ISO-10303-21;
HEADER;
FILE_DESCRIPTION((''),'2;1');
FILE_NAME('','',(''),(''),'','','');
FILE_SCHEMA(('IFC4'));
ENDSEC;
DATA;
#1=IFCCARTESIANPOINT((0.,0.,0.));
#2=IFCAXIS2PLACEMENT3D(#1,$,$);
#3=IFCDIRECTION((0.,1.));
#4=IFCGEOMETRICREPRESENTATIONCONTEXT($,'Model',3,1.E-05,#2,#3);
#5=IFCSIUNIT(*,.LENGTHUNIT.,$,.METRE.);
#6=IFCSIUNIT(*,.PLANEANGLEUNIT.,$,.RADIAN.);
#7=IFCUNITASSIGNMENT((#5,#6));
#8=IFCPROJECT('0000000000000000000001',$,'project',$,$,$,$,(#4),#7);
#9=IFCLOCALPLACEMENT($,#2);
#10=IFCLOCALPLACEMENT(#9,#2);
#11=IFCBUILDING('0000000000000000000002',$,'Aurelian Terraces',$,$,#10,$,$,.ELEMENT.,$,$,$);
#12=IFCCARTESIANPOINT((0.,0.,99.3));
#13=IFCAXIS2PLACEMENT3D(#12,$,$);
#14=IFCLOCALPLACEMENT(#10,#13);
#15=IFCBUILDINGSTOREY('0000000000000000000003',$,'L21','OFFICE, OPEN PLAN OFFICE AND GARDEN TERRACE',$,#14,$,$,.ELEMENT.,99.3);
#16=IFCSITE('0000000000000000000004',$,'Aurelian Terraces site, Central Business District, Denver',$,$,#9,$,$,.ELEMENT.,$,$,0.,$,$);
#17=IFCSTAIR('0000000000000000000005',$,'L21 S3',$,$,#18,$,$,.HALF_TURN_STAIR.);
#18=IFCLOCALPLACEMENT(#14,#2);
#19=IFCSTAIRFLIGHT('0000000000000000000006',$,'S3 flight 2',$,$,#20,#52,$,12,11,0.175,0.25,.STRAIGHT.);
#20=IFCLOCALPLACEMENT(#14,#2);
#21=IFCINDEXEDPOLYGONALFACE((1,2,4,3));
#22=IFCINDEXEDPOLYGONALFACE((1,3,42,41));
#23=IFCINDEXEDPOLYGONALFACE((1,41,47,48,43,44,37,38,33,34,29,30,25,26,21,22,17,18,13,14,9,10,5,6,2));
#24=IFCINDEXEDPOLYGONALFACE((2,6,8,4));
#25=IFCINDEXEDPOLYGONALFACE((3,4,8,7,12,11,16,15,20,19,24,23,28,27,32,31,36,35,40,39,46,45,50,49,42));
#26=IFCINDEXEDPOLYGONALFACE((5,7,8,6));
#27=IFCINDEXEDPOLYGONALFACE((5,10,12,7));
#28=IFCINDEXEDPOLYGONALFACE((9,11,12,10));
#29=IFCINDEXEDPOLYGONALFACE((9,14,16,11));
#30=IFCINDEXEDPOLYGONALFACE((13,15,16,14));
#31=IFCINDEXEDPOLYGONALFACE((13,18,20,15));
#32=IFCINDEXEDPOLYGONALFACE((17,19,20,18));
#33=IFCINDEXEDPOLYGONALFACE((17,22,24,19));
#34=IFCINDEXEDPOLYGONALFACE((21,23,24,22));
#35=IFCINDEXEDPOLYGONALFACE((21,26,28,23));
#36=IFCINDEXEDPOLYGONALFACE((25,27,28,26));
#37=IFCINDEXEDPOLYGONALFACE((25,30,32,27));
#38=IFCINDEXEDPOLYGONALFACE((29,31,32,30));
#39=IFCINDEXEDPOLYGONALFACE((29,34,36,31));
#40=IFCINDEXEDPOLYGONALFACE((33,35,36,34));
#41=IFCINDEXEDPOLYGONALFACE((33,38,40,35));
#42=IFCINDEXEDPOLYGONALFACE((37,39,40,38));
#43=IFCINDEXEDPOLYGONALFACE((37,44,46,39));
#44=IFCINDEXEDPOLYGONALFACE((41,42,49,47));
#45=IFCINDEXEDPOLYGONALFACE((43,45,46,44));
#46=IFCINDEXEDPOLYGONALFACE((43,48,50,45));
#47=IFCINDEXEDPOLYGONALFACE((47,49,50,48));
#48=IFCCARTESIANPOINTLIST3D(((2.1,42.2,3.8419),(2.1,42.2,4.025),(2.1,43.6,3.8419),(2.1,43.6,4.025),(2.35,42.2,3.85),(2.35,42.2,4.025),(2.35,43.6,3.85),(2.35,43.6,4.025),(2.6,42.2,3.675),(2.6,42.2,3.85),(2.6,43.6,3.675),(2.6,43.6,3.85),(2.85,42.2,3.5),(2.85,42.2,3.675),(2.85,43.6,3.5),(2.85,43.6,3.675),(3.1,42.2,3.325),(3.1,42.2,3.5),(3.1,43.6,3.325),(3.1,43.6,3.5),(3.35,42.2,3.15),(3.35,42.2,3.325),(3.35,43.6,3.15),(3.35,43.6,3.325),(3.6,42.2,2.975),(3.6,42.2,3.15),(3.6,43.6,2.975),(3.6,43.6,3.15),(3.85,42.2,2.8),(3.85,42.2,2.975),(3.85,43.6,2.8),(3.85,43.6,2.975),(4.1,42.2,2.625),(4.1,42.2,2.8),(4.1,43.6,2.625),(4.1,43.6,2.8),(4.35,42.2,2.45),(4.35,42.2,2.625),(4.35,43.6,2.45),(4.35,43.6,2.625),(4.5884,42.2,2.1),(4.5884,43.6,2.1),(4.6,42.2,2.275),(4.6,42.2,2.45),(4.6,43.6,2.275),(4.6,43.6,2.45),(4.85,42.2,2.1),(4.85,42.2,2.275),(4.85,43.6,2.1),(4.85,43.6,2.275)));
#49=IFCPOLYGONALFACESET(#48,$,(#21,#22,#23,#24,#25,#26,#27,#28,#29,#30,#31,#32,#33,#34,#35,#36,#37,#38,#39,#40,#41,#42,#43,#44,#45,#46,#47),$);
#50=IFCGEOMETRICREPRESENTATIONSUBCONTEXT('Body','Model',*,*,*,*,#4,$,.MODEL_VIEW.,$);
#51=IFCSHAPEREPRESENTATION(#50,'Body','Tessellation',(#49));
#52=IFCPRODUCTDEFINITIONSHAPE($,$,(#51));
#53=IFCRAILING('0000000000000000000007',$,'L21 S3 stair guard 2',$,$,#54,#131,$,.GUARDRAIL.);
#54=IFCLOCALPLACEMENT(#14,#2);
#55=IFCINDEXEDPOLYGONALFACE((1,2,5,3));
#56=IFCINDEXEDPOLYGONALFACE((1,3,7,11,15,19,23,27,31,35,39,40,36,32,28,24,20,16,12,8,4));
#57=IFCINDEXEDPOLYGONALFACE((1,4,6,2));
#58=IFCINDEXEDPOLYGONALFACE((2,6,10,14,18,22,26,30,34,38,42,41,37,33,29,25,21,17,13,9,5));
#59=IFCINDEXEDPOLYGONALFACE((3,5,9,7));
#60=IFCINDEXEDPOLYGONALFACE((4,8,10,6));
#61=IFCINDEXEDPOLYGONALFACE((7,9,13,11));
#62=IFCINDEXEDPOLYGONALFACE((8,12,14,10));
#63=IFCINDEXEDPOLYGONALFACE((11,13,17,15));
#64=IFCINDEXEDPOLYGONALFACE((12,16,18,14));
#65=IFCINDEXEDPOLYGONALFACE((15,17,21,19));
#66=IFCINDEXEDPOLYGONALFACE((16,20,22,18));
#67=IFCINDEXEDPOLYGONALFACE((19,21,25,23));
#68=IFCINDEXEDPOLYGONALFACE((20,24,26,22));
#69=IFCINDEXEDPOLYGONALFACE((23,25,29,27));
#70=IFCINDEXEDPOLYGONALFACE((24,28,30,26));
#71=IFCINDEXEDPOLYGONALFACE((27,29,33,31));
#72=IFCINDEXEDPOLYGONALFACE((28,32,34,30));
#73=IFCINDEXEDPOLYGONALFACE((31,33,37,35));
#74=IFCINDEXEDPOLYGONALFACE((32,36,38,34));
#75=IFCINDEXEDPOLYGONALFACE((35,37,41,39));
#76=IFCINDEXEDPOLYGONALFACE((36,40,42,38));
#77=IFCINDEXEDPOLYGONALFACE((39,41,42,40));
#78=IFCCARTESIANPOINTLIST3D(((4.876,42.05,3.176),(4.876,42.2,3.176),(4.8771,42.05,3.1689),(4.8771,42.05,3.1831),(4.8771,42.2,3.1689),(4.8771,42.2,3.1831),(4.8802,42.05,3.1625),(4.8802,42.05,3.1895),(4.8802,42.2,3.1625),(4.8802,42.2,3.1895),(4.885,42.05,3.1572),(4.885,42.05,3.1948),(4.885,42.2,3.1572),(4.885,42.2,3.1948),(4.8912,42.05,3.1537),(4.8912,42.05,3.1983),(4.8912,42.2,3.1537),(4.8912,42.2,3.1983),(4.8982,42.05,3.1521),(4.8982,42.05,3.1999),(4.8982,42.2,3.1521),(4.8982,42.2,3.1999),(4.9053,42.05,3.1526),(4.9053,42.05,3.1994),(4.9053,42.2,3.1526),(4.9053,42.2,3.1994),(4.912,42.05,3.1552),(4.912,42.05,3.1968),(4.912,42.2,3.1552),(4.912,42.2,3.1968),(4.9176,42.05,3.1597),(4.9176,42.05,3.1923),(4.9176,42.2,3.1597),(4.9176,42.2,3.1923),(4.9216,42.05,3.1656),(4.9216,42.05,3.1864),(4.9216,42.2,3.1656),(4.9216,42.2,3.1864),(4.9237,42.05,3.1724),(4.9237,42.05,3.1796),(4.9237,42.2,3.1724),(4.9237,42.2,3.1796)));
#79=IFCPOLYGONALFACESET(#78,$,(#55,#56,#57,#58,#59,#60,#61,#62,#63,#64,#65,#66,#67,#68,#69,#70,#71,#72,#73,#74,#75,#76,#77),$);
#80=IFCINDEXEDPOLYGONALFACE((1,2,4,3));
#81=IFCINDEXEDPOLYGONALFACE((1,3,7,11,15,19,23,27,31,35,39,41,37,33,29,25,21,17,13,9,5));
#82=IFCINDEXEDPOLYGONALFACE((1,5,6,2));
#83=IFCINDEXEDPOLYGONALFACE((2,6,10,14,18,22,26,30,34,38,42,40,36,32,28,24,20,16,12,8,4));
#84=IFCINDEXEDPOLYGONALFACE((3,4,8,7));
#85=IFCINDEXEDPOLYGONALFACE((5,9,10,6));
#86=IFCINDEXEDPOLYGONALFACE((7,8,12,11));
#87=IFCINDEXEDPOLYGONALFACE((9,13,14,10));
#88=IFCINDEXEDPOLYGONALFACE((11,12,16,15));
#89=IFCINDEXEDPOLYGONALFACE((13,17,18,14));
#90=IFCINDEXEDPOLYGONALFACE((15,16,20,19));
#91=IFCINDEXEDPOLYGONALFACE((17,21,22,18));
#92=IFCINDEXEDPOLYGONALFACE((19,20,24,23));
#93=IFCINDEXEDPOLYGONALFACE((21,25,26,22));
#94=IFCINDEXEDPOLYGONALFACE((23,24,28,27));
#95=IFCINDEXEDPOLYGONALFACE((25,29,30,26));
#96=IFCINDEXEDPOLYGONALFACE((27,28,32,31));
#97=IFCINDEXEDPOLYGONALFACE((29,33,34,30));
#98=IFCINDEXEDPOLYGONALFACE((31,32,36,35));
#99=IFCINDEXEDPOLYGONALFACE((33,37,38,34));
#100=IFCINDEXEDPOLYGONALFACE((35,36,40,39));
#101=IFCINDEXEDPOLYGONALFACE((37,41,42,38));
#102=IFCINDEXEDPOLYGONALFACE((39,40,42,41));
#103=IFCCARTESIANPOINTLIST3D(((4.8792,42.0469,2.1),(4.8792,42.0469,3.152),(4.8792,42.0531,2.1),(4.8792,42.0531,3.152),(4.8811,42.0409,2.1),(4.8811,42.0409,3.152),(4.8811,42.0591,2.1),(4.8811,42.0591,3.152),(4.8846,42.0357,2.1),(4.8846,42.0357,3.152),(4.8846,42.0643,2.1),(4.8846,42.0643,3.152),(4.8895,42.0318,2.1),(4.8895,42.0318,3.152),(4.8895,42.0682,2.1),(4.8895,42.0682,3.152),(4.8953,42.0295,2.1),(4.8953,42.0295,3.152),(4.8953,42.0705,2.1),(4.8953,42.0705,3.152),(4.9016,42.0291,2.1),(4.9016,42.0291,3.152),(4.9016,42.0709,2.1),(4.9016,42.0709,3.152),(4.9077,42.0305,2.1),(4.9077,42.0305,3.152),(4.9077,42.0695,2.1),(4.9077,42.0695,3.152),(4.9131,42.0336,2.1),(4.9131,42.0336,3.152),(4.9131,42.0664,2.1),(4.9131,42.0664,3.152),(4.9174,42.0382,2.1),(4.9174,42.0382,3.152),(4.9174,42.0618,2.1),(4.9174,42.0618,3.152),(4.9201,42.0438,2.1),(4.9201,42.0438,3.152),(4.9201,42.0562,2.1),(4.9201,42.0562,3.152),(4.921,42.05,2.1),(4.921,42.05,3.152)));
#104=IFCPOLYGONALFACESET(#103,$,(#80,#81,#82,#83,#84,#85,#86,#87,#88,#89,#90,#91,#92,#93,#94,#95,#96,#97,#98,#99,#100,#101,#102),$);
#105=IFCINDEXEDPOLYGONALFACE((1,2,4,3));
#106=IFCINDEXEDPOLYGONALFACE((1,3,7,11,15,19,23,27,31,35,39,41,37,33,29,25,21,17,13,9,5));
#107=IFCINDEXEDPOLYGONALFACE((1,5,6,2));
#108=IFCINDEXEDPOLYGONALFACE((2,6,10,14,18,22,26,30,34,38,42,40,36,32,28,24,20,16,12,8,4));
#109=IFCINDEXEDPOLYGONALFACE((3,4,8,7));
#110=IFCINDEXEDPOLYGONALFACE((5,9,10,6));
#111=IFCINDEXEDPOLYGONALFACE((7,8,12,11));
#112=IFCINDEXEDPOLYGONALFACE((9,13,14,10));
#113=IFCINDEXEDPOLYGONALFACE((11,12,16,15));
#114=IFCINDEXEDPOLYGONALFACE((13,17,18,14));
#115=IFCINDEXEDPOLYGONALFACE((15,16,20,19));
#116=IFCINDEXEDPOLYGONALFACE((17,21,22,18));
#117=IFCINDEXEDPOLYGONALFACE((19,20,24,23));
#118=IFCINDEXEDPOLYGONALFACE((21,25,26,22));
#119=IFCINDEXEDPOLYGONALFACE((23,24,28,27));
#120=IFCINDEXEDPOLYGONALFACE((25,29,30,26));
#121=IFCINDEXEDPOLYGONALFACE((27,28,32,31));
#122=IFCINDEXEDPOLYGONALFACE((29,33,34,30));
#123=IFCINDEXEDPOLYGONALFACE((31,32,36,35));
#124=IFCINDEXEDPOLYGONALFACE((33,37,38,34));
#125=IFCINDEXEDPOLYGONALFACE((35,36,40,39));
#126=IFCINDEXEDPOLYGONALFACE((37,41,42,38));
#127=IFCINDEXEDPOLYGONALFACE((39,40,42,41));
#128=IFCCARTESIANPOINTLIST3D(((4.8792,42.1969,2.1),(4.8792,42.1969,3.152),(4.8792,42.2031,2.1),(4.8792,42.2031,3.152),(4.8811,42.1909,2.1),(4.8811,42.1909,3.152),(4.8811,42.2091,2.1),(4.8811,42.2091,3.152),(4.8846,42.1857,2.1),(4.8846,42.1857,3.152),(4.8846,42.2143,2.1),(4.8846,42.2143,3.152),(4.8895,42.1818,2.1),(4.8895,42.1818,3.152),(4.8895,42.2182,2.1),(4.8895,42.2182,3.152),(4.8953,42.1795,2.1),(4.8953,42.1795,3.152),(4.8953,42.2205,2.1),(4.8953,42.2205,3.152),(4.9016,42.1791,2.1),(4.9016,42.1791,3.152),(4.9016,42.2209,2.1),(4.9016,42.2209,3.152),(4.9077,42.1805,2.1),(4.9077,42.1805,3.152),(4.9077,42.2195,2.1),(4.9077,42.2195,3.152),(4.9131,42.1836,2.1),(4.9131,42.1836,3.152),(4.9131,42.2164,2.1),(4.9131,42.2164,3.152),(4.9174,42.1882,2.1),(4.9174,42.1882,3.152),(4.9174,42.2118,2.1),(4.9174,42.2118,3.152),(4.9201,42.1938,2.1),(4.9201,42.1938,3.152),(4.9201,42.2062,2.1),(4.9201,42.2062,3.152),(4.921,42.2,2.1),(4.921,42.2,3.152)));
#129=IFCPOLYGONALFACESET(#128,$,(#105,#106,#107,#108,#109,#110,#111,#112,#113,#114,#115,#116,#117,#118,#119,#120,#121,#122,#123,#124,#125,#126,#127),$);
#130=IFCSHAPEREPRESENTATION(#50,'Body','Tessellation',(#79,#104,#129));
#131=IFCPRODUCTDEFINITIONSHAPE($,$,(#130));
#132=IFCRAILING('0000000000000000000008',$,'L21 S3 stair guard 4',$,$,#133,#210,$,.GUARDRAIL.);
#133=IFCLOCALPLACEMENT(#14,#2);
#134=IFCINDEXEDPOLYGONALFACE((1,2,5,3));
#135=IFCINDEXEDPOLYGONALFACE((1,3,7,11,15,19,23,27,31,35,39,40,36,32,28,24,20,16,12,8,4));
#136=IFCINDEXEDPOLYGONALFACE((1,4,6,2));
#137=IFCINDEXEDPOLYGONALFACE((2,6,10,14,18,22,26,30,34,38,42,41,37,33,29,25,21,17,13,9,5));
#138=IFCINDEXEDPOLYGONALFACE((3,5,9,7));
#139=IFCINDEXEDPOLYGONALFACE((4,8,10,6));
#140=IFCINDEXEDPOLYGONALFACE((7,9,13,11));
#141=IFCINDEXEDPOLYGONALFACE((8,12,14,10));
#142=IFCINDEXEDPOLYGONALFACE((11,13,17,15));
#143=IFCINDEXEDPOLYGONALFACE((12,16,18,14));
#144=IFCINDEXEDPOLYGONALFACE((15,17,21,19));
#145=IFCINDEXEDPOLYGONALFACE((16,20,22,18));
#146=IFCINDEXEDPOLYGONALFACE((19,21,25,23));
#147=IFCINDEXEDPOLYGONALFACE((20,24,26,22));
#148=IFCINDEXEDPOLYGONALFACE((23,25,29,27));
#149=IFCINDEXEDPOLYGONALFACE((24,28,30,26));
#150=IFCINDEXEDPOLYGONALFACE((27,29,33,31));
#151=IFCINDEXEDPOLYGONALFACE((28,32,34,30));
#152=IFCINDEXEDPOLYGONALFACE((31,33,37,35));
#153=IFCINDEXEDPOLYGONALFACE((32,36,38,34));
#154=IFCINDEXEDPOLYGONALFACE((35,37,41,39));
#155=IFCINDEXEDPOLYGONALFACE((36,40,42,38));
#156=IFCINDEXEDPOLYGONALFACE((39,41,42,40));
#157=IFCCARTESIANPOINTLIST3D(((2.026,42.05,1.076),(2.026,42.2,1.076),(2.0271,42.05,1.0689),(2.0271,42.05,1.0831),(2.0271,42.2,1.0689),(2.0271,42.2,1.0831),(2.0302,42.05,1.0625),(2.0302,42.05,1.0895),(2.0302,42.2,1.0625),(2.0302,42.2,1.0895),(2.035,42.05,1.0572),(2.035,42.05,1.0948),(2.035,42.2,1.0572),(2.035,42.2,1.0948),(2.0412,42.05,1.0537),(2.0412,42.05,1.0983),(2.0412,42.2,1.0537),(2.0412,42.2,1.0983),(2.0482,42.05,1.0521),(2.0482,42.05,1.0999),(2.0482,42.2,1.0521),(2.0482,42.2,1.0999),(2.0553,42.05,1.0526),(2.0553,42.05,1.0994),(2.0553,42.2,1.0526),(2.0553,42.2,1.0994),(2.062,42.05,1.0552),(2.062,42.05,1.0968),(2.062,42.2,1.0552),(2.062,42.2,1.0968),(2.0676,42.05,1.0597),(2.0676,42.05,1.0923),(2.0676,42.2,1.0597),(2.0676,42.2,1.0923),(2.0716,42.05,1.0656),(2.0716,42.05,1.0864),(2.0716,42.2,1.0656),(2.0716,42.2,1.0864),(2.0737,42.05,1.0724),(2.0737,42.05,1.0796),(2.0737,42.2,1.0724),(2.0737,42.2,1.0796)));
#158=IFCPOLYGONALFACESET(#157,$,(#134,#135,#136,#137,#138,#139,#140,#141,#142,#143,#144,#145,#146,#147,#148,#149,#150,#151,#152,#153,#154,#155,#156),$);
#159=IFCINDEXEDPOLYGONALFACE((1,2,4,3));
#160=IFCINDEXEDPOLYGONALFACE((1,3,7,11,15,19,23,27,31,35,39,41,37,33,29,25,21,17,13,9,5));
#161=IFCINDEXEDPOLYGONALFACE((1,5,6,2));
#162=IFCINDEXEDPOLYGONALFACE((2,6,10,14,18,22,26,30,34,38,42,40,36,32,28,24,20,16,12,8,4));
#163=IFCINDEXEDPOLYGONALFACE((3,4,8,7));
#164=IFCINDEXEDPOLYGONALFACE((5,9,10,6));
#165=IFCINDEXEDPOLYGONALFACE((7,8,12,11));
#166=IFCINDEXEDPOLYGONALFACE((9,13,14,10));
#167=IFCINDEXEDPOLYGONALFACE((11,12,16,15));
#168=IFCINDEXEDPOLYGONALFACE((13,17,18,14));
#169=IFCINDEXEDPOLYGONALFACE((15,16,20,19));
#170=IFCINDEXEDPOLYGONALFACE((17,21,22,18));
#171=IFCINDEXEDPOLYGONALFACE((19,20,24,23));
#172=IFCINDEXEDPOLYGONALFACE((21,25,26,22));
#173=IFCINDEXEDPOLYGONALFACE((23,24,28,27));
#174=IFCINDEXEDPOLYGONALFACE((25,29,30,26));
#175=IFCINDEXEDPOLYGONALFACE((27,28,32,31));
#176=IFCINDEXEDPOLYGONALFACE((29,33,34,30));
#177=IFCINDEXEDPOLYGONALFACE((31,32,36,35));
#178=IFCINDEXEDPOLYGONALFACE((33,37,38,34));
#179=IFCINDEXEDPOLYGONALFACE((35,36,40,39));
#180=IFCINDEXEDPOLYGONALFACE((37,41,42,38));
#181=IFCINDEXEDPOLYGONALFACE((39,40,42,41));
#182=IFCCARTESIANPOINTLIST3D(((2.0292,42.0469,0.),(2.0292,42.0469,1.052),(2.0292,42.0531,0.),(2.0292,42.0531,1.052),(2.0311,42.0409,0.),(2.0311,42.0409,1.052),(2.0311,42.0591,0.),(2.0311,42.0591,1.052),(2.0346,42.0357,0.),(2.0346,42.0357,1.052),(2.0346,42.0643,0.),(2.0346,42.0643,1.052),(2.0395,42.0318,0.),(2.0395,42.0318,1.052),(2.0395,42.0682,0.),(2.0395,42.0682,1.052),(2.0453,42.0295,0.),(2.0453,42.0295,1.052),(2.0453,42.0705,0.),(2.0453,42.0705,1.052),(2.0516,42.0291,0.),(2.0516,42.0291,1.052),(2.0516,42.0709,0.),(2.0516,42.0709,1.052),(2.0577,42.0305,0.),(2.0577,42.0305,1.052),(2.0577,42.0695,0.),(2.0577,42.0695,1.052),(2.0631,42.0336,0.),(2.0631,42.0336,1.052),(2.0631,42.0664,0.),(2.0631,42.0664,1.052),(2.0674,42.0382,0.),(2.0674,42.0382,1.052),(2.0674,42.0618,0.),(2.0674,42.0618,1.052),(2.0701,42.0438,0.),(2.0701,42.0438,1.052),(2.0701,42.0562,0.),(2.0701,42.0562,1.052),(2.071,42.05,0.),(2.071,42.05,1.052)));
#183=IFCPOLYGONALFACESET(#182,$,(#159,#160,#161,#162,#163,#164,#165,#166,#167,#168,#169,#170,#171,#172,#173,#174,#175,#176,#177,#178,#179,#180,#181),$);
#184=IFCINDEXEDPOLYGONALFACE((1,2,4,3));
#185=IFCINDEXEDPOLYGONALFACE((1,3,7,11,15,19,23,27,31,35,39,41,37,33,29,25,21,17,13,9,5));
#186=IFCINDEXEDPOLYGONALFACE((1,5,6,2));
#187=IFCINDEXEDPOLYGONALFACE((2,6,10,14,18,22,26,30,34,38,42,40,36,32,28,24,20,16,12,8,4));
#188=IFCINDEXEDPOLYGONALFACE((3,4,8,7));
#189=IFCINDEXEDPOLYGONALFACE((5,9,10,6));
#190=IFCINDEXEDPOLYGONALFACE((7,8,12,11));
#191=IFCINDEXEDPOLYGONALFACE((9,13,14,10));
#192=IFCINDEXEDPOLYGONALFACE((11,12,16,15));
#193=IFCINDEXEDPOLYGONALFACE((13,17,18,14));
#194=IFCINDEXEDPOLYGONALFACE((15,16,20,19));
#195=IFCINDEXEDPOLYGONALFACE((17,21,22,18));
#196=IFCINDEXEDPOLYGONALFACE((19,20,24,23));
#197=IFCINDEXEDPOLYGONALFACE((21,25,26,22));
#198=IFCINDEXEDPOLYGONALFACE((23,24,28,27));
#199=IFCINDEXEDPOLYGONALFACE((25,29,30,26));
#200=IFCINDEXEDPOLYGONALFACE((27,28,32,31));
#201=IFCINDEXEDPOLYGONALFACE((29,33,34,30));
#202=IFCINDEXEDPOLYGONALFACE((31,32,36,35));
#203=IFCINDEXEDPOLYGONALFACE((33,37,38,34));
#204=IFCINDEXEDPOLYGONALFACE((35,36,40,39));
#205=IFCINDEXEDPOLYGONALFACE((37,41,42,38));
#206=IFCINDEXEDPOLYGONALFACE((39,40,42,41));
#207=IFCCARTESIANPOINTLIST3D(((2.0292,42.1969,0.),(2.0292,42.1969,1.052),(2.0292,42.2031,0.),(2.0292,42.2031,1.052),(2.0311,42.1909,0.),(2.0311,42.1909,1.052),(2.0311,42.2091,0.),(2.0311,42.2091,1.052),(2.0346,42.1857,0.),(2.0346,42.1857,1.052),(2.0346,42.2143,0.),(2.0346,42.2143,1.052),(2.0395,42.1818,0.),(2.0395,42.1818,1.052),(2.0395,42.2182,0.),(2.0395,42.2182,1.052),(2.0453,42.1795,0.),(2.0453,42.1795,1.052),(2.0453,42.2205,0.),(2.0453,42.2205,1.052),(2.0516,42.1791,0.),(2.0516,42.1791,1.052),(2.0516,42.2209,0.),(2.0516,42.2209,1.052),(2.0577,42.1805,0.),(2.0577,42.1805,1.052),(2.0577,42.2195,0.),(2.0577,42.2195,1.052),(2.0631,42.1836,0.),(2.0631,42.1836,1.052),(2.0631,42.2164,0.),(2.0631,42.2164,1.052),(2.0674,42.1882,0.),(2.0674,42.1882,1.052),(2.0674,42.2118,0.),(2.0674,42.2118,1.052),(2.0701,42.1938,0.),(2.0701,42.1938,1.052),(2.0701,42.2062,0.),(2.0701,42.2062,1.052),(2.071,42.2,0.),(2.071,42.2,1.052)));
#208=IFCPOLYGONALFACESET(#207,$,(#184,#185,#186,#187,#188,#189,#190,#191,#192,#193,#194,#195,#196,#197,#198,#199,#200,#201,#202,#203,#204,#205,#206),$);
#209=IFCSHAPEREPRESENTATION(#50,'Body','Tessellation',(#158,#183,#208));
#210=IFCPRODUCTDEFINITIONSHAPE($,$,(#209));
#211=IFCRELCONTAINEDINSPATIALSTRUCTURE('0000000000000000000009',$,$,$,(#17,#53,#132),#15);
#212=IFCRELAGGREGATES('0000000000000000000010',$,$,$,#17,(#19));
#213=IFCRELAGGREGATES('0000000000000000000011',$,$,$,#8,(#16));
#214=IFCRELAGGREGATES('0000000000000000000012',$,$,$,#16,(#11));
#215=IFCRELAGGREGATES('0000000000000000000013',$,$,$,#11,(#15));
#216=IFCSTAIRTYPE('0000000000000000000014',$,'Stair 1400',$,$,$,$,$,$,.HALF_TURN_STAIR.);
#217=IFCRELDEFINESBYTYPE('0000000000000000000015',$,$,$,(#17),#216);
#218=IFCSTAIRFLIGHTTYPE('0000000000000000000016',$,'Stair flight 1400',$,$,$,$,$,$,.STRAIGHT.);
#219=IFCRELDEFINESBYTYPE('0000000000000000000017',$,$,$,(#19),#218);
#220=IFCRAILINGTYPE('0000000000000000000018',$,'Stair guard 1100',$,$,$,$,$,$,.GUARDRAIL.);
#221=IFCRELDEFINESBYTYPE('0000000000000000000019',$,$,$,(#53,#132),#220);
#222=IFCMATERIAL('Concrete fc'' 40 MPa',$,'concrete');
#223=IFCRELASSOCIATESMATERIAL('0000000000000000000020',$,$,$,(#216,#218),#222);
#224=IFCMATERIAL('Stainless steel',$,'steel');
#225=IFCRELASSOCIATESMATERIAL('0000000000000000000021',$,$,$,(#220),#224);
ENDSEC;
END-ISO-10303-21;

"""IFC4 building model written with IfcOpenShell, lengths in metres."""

from ifc_helpers import new_model, si_unit, direction, frame, origin, origin_2d, place, context, subcontext, project, spatial, polyline, circle, outline, extrude, source, transform, mapped, material, type_object, element, aggregate, save


model = new_model("IFC4")

# Units and contexts
model_context = context("Model", 3, precision=1e-05, world=origin(), true_north=direction((0.0, 1.0)))
body_context = subcontext(model_context, "Body", "Model", "MODEL_VIEW")
ifc_project = project(units=[si_unit("LENGTHUNIT", "METRE"), si_unit("PLANEANGLEUNIT", "RADIAN")], contexts=[model_context])

# Site, building, storey
site_placement = place(None, origin())
site = spatial("IfcSite", under=ifc_project, at=site_placement, Name="Aurelian Terraces site, Central Business District, Denver", CompositionType="ELEMENT", RefElevation=0.0)
building_placement = place(site_placement, origin())
building = spatial("IfcBuilding", under=site, at=building_placement, Name="Aurelian Terraces", CompositionType="ELEMENT")
storey_placement = place(building_placement, frame((0.0, 0.0, 99.3)))
storey = spatial("IfcBuildingStorey", under=building, at=storey_placement, Name="L21", Description="OFFICE, OPEN PLAN OFFICE AND GARDEN TERRACE", CompositionType="ELEMENT", Elevation=99.3)

# Shared definitions
ifc_material_1 = material(Name="Concrete fc' 40 MPa", Category="concrete")

# Stair, stair flight
stair_type = type_object("IfcStairType", Name="Stair 1400", PredefinedType="HALF_TURN_STAIR", material=ifc_material_1)
stair_placement = place(storey_placement, origin())
stair = element("IfcStair", 1, at=stair_placement, inside=storey, type_object=stair_type, Name="L21 S3", PredefinedType="HALF_TURN_STAIR")
stair_flight_type = type_object("IfcStairFlightType", Name="Stair flight 1400", PredefinedType="STRAIGHT", material=ifc_material_1)
shared_shape_1 = source(origin(), body_context, "Body", "SweptSolid", [
    extrude(outline(polyline([(0.0, 0.0), (0.0, 0.175), (0.25, 0.175), (0.25, 0.35), (0.5, 0.35), (0.5, 0.525), (0.75, 0.525), (0.75, 0.7), (1.0, 0.7), (1.0, 0.875), (1.25, 0.875), (1.25, 1.05), (1.5, 1.05), (1.5, 1.225), (1.75, 1.225), (1.75, 1.4), (2.0, 1.4), (2.0, 1.575), (2.25, 1.575), (2.25, 1.75), (2.5, 1.75), (2.5, 1.925), (2.75, 1.925), (2.75, 2.1), (2.75, 1.7419), (0.2616, 0.0), (0.0, 0.0)])), frame((0.0, 0.7, 0.0), z_axis=(0.0, -1.0, 0.0), x_axis=(1.0, 0.0, 0.0)), (0.0, 0.0, 1.0), 1.4),
])
stair_flight_1_placement = place(storey_placement, frame((4.85, 42.9, 2.1), z_axis=(0.0, 0.0, 1.0), x_axis=(-1.0, 0.0, 0.0)))
stair_flight_1 = element("IfcStairFlight", 2, at=stair_flight_1_placement, type_object=stair_flight_type, Name="S3 flight 2", NumberOfRisers=12, NumberOfTreads=11, PredefinedType="STRAIGHT", RiserHeight=0.175, TreadLength=0.25, context=body_context, shape_type="MappedRepresentation", body=[
    mapped(shared_shape_1, transform((0.0, 0.0, 0.0), scale=1.0)),
])
aggregate(stair, [stair_flight_1])

# Railings
ifc_material_2 = material(Name="Stainless steel", Category="steel")
railing_type_1 = type_object("IfcRailingType", Name="Stair guard 1100", PredefinedType="GUARDRAIL", material=ifc_material_2)
shared_shape_2 = source(origin(), body_context, "Body", "SweptSolid", [
    extrude(circle(Radius=0.024, at=origin_2d()), frame((0.0, 0.0, 1.076), z_axis=(0.0, 1.0, 0.0), x_axis=(-1.0, 0.0, 0.0)), (0.0, 0.0, 1.0), 0.15),
    extrude(circle(Radius=0.021, at=origin_2d()), origin(), (0.0, 0.0, 1.0), 1.052),
    extrude(circle(Radius=0.021, at=origin_2d()), frame((0.0, 0.15, 0.0)), (0.0, 0.0, 1.0), 1.052),
])
for number, where, name in (
    (3, (4.9, 42.05, 2.1), "L21 S3 stair guard 2"),
    (4, (2.05, 42.05, 0.0), "L21 S3 stair guard 4"),
):
    element("IfcRailing", number, at=place(storey_placement, frame(where)), inside=storey, type_object=railing_type_1, Name=name, PredefinedType="GUARDRAIL", context=body_context, shape_type="MappedRepresentation", body=[
        mapped(shared_shape_2, transform((0.0, 0.0, 0.0), scale=1.0)),
    ])

save(model, "model.ifc")
